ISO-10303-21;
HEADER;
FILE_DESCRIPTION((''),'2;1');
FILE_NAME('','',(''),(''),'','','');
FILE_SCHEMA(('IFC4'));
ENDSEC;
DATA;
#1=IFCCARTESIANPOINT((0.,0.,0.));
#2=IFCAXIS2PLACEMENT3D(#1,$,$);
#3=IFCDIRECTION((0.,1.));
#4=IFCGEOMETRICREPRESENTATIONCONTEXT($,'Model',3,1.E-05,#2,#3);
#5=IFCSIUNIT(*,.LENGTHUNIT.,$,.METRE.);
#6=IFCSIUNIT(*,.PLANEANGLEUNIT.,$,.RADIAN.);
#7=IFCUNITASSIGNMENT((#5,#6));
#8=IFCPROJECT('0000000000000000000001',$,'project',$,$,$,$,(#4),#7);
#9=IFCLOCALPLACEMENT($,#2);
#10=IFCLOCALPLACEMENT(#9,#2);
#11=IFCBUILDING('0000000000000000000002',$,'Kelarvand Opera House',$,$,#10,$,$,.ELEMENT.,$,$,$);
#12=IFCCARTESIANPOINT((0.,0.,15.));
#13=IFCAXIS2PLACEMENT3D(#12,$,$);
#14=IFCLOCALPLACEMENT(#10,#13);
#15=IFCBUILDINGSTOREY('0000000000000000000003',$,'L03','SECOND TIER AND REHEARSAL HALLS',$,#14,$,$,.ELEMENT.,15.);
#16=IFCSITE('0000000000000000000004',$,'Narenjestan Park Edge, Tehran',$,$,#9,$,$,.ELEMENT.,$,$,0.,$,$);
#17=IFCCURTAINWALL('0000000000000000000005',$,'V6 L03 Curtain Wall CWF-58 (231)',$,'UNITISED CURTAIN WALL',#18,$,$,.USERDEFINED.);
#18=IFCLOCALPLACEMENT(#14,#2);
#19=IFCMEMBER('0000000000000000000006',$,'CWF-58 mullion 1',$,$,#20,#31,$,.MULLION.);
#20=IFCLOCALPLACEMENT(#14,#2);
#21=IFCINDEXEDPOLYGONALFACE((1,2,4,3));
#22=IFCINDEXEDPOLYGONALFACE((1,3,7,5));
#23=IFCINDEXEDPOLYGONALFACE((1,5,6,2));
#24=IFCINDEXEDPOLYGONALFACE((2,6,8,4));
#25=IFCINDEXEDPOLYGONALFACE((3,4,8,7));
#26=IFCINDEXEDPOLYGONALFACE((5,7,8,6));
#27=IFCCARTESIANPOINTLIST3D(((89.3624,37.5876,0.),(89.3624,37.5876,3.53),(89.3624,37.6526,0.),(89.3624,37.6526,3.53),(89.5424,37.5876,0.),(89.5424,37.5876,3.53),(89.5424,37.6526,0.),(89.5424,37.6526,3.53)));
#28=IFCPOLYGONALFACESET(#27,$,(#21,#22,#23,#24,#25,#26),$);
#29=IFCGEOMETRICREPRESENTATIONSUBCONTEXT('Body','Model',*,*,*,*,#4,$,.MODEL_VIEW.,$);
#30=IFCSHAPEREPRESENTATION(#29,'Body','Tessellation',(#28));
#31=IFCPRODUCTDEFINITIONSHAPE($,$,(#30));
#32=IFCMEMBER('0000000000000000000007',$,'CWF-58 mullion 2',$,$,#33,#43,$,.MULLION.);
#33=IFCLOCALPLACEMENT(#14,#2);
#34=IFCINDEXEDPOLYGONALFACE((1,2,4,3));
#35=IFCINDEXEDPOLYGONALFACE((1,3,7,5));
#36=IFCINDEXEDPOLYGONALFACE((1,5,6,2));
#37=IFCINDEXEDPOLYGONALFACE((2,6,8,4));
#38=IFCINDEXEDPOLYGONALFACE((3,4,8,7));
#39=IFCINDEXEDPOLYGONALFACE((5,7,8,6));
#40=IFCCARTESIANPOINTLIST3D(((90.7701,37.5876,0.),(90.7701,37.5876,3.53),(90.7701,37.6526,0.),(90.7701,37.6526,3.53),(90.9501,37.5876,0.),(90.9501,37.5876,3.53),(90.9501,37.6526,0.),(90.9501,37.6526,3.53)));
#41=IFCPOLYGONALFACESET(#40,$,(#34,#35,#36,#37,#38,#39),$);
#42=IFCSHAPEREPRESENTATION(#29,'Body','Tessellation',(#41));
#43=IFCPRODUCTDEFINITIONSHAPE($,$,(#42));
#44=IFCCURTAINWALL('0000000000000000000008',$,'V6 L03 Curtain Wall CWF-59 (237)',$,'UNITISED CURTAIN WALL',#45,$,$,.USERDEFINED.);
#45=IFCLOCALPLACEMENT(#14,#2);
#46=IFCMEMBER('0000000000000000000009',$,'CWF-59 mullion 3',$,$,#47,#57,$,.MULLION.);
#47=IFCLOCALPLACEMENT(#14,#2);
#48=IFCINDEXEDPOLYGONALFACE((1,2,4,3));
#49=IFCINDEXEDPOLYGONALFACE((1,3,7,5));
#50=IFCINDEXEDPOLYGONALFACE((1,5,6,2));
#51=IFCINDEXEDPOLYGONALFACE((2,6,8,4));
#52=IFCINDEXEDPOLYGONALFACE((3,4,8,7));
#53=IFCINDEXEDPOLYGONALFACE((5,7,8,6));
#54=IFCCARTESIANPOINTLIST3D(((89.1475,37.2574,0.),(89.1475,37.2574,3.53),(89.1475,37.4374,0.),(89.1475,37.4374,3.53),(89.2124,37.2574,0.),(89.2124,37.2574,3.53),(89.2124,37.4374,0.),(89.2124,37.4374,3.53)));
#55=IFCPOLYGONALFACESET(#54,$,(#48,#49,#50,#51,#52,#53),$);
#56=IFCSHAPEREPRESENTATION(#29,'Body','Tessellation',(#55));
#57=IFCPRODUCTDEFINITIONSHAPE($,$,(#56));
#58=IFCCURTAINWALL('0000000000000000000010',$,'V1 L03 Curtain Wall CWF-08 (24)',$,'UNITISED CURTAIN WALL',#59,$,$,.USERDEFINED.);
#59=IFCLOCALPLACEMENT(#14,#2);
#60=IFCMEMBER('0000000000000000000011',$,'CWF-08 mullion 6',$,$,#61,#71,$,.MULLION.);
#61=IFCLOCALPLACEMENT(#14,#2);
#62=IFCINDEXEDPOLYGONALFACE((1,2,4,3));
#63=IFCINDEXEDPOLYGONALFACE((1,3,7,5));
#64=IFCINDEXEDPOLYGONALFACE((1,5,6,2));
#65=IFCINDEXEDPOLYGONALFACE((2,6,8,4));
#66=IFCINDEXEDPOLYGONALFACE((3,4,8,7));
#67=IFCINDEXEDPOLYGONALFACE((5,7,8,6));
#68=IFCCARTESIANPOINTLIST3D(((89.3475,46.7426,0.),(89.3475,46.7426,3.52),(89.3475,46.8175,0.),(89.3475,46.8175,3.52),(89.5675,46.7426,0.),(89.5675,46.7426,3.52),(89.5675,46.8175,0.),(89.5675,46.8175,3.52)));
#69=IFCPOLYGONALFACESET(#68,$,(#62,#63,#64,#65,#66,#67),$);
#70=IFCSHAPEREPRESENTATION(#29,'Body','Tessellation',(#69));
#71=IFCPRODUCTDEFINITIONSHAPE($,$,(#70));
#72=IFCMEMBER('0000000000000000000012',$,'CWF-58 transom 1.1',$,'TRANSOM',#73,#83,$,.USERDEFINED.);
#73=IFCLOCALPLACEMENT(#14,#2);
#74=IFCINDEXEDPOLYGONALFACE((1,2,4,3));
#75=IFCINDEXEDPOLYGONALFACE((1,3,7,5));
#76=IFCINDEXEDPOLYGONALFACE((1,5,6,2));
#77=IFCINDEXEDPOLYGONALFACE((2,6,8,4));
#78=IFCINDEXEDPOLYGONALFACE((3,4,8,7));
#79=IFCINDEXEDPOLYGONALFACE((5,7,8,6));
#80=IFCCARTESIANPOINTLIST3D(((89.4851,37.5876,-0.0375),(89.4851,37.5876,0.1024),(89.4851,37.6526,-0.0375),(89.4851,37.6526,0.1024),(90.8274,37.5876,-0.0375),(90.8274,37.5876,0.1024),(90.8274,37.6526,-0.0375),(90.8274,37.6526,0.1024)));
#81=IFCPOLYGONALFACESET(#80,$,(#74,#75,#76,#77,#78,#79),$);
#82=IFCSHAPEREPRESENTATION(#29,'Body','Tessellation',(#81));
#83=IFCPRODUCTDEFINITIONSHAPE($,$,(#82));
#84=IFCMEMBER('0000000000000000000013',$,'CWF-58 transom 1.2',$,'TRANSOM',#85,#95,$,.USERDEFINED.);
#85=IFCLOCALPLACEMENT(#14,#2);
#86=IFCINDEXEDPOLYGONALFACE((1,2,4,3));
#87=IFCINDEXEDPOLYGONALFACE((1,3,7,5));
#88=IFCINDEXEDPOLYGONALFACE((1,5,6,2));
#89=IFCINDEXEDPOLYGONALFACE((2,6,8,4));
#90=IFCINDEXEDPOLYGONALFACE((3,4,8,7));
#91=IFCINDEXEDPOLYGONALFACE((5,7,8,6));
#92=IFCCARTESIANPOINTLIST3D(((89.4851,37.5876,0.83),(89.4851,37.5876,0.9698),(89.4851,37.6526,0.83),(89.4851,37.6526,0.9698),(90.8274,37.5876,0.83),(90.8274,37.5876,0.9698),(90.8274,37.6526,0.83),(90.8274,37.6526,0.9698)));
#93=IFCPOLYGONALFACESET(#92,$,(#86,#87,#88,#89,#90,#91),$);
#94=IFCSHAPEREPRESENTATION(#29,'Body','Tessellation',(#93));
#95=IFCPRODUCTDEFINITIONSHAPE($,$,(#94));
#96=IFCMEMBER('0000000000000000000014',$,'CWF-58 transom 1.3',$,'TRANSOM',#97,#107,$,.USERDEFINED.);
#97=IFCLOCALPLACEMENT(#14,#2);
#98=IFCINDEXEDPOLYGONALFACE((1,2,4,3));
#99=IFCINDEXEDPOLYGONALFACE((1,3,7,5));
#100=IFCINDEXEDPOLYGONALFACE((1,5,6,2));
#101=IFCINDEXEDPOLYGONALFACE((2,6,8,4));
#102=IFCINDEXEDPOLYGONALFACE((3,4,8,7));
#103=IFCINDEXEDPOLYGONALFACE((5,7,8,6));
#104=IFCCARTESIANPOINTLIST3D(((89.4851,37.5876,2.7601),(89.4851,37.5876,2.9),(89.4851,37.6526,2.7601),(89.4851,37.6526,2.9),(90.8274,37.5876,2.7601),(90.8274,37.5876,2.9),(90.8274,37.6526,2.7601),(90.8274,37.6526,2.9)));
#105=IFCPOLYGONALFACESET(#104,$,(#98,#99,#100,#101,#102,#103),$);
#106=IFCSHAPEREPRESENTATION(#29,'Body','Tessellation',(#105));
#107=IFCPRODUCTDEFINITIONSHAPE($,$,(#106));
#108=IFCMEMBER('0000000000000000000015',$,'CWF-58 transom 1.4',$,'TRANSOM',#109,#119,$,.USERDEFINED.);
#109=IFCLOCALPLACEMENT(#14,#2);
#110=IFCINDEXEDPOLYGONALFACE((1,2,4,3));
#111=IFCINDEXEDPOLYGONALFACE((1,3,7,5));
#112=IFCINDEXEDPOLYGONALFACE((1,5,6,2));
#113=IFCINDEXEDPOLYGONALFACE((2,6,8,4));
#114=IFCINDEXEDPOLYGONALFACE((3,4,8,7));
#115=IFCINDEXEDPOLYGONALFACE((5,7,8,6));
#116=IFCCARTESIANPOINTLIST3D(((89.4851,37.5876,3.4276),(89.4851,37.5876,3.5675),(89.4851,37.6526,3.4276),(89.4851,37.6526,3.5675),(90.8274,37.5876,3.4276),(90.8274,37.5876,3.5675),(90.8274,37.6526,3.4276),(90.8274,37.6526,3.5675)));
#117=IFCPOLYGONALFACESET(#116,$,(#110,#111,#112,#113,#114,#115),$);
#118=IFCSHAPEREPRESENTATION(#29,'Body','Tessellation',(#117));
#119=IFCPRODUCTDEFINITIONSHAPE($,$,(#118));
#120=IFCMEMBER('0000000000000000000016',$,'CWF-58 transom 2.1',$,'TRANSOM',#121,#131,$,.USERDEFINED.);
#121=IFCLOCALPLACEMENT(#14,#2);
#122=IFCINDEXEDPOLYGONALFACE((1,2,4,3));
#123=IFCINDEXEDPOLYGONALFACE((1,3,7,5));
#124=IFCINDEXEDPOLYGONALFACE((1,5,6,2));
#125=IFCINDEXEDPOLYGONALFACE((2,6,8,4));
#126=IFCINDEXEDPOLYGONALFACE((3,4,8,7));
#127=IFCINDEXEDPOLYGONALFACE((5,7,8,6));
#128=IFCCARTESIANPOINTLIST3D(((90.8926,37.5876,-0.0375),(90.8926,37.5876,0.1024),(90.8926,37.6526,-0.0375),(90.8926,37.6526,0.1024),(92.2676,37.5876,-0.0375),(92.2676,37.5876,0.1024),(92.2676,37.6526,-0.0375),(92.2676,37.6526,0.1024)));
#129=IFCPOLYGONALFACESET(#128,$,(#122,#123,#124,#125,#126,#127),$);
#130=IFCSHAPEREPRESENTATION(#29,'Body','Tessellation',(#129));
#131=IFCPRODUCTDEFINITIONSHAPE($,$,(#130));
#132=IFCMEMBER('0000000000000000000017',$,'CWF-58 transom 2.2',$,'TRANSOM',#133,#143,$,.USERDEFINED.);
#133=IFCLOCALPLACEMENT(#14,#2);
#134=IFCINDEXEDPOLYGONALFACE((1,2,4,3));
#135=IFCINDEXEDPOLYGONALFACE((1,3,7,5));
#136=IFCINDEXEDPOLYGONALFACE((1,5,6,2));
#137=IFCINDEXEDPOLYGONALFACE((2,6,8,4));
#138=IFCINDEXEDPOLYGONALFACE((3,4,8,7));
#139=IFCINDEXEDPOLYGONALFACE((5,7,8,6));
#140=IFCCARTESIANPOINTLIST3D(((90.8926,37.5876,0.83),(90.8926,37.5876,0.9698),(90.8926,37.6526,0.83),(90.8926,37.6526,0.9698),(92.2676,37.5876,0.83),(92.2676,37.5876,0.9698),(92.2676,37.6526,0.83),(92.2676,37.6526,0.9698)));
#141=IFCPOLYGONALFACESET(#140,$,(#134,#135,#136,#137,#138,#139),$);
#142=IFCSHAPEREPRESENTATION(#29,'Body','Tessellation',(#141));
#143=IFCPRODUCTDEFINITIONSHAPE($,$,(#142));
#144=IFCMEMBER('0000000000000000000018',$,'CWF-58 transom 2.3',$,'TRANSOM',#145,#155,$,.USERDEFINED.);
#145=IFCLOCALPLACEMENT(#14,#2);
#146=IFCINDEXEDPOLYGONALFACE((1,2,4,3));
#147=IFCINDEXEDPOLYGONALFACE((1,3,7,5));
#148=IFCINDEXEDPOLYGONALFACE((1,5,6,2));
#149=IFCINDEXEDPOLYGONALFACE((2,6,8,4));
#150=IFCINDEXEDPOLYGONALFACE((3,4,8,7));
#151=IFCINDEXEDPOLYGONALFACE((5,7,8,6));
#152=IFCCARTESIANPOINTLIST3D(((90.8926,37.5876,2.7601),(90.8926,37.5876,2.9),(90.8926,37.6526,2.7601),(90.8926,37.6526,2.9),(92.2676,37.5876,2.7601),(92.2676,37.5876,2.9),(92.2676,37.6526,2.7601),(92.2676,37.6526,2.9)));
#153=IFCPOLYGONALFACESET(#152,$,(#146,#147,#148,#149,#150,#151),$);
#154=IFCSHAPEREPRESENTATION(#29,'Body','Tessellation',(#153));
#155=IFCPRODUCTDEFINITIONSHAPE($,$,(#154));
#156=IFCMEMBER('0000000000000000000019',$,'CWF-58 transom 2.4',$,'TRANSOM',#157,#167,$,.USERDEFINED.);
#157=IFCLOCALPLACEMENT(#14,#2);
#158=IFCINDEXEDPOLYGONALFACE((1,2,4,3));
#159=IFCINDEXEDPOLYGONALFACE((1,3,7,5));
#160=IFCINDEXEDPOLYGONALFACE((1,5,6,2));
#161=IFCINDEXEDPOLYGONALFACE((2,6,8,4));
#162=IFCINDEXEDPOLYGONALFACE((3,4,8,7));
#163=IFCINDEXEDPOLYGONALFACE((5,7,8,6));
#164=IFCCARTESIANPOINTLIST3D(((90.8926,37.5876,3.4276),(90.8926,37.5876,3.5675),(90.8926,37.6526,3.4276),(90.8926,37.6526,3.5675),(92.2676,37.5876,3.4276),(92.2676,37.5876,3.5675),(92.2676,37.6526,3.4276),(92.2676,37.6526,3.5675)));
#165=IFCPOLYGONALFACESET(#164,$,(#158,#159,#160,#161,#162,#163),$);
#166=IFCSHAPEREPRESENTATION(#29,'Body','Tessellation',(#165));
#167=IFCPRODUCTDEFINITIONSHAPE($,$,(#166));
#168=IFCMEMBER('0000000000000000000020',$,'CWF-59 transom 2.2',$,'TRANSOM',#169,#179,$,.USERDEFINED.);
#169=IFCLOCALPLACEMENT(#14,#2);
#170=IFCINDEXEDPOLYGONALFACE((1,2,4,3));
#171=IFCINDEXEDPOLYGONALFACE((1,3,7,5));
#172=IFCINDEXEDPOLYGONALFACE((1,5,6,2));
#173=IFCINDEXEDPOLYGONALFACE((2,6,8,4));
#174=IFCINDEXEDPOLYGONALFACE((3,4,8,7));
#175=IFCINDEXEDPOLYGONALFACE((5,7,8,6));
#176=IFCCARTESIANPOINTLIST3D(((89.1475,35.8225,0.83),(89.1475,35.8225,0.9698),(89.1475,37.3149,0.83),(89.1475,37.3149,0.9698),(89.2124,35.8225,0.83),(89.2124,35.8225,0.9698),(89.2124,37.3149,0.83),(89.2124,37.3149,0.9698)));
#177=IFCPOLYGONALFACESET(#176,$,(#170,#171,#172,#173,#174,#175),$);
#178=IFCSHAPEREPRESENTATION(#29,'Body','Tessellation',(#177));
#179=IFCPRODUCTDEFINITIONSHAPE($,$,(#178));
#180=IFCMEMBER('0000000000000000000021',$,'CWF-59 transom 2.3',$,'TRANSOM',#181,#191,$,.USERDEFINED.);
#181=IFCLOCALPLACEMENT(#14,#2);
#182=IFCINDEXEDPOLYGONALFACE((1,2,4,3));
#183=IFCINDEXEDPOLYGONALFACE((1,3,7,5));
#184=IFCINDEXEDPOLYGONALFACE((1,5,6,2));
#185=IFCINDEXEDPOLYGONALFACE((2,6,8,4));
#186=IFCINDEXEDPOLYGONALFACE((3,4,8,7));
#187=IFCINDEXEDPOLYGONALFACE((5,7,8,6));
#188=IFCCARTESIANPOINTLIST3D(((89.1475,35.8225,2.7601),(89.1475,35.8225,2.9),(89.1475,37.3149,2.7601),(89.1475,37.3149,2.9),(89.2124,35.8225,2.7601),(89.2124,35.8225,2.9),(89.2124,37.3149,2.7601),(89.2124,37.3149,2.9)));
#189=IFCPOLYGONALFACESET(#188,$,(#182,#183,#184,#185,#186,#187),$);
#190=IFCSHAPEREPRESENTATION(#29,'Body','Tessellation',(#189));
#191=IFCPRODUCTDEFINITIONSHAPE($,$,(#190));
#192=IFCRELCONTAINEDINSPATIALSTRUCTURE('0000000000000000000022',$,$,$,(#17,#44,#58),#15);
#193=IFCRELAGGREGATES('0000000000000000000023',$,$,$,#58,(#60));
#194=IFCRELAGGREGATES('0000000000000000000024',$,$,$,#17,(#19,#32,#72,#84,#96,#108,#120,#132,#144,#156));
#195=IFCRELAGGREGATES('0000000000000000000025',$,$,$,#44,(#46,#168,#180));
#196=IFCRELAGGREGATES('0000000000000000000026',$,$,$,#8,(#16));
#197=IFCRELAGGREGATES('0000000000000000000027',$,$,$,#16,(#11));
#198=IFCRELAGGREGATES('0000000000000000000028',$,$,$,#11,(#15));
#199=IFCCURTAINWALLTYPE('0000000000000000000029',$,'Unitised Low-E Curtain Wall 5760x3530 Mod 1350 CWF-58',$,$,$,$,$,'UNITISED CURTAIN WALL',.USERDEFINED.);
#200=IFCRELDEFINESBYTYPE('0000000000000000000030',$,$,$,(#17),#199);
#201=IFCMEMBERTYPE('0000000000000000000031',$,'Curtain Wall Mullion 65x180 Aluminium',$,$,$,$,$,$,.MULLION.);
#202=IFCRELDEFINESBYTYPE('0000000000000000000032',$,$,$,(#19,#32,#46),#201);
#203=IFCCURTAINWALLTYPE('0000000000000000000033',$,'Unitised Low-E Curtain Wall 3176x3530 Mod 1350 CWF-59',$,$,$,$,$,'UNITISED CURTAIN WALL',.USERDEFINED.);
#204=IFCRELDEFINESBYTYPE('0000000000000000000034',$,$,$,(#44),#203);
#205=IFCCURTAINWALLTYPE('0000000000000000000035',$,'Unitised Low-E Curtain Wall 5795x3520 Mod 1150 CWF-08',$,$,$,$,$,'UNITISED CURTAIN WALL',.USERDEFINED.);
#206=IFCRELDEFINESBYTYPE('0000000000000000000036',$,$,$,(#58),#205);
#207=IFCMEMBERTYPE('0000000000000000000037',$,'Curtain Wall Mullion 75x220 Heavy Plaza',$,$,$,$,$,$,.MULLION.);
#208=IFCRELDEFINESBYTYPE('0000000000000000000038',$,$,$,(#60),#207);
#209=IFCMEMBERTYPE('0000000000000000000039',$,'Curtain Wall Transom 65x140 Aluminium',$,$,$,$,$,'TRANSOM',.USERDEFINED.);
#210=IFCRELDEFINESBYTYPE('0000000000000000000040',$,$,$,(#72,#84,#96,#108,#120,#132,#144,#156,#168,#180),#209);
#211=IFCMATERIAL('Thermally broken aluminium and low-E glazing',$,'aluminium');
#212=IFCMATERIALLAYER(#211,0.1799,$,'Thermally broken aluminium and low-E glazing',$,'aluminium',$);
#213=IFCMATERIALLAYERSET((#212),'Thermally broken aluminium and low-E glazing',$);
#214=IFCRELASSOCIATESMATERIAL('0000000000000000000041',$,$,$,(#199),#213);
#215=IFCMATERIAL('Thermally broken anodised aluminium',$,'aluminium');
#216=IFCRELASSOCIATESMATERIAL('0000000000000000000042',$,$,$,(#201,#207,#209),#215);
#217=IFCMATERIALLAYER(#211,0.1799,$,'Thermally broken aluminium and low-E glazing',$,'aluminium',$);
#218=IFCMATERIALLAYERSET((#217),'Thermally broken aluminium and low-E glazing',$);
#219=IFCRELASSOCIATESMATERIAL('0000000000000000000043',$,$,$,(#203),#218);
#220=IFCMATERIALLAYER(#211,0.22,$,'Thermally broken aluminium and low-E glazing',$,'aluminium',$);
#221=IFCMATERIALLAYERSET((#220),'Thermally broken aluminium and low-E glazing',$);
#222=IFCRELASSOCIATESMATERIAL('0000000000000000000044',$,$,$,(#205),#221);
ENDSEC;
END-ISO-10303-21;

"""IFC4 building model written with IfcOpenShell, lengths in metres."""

from ifc_helpers import new_model, si_unit, direction, frame, origin, origin_2d, place, context, subcontext, project, spatial, rectangle, extrude, material, layer, layer_set, material_profile, profile_set, type_object, element, aggregate, save


model = new_model("IFC4")

# Units and contexts
model_context = context("Model", 3, precision=1e-05, world=origin(), true_north=direction((0.0, 1.0)))
body_context = subcontext(model_context, "Body", "Model", "MODEL_VIEW")
ifc_project = project(units=[si_unit("LENGTHUNIT", "METRE"), si_unit("PLANEANGLEUNIT", "RADIAN")], contexts=[model_context])

# Site, building, storey
site_placement = place(None, origin())
site = spatial("IfcSite", under=ifc_project, at=site_placement, Name="Narenjestan Park Edge, Tehran", CompositionType="ELEMENT", RefElevation=0.0)
building_placement = place(site_placement, origin())
building = spatial("IfcBuilding", under=site, at=building_placement, Name="Kelarvand Opera House", CompositionType="ELEMENT")
storey_placement = place(building_placement, frame((0.0, 0.0, 15.0)))
storey = spatial("IfcBuildingStorey", under=building, at=storey_placement, Name="L03", Description="SECOND TIER AND REHEARSAL HALLS", CompositionType="ELEMENT", Elevation=15.0)

# Curtain wall, members
ifc_material_1 = material(Name="Thermally broken aluminium and low-E glazing", Category="aluminium")
ifc_layer_1 = layer(ifc_material_1, 0.1799, Name="Thermally broken aluminium and low-E glazing", Category="aluminium")
ifc_layer_set_1 = layer_set([ifc_layer_1], Name="Thermally broken aluminium and low-E glazing")
curtain_wall_type_1 = type_object("IfcCurtainWallType", Name="Unitised Low-E Curtain Wall 5760x3530 Mod 1350 CWF-58", ElementType="UNITISED CURTAIN WALL", PredefinedType="USERDEFINED", material=ifc_layer_set_1)
curtain_wall_1_placement = place(storey_placement, origin())
curtain_wall_1 = element("IfcCurtainWall", 1, at=curtain_wall_1_placement, inside=storey, type_object=curtain_wall_type_1, Name="V6 L03 Curtain Wall CWF-58 (231)", ObjectType="UNITISED CURTAIN WALL", PredefinedType="USERDEFINED")
ifc_material_2 = material(Name="Thermally broken anodised aluminium", Category="aluminium")
ifc_material_profile_1 = material_profile(ifc_material_2, rectangle(XDim=0.0649, YDim=0.1799, at=origin_2d()), Name="ALU MULLION 65x180", Category="aluminium")
ifc_profile_set_1 = profile_set([ifc_material_profile_1], Name="Thermally broken anodised aluminium")
member_type_1 = type_object("IfcMemberType", Name="Curtain Wall Mullion 65x180 Aluminium", PredefinedType="MULLION", material=ifc_profile_set_1)
member_1_placement = place(storey_placement, frame((89.4524, 37.6201, 0.0), z_axis=(0.0, 0.0, 1.0), x_axis=(0.0, 1.0, 0.0)))
member_1 = element("IfcMember", 2, at=member_1_placement, type_object=member_type_1, Name="CWF-58 mullion 1", PredefinedType="MULLION", context=body_context, shape_type="SweptSolid", body=[
    extrude(rectangle(XDim=0.0649, YDim=0.1799, at=origin_2d()), origin(), (0.0, 0.0, 1.0), 3.53),
])
member_2_placement = place(storey_placement, frame((90.8601, 37.6201, 0.0), z_axis=(0.0, 0.0, 1.0), x_axis=(0.0, 1.0, 0.0)))
member_2 = element("IfcMember", 3, at=member_2_placement, type_object=member_type_1, Name="CWF-58 mullion 2", PredefinedType="MULLION", context=body_context, shape_type="SweptSolid", body=[
    extrude(rectangle(XDim=0.0649, YDim=0.1799, at=origin_2d()), origin(), (0.0, 0.0, 1.0), 3.53),
])

# Curtain walls, members
ifc_layer_2 = layer(ifc_material_1, 0.1799, Name="Thermally broken aluminium and low-E glazing", Category="aluminium")
ifc_layer_set_2 = layer_set([ifc_layer_2], Name="Thermally broken aluminium and low-E glazing")
curtain_wall_type_2 = type_object("IfcCurtainWallType", Name="Unitised Low-E Curtain Wall 3176x3530 Mod 1350 CWF-59", ElementType="UNITISED CURTAIN WALL", PredefinedType="USERDEFINED", material=ifc_layer_set_2)
curtain_wall_2_placement = place(storey_placement, origin())
curtain_wall_2 = element("IfcCurtainWall", 4, at=curtain_wall_2_placement, inside=storey, type_object=curtain_wall_type_2, Name="V6 L03 Curtain Wall CWF-59 (237)", ObjectType="UNITISED CURTAIN WALL", PredefinedType="USERDEFINED")
member_3_placement = place(storey_placement, frame((89.1799, 37.3474, 0.0), z_axis=(0.0, 0.0, 1.0), x_axis=(-1.0, 0.0, 0.0)))
member_3 = element("IfcMember", 5, at=member_3_placement, type_object=member_type_1, Name="CWF-59 mullion 3", PredefinedType="MULLION", context=body_context, shape_type="SweptSolid", body=[
    extrude(rectangle(XDim=0.0649, YDim=0.1799, at=origin_2d()), origin(), (0.0, 0.0, 1.0), 3.53),
])
ifc_layer_3 = layer(ifc_material_1, 0.22, Name="Thermally broken aluminium and low-E glazing", Category="aluminium")
ifc_layer_set_3 = layer_set([ifc_layer_3], Name="Thermally broken aluminium and low-E glazing")
curtain_wall_type_3 = type_object("IfcCurtainWallType", Name="Unitised Low-E Curtain Wall 5795x3520 Mod 1150 CWF-08", ElementType="UNITISED CURTAIN WALL", PredefinedType="USERDEFINED", material=ifc_layer_set_3)
curtain_wall_3_placement = place(storey_placement, origin())
curtain_wall_3 = element("IfcCurtainWall", 6, at=curtain_wall_3_placement, inside=storey, type_object=curtain_wall_type_3, Name="V1 L03 Curtain Wall CWF-08 (24)", ObjectType="UNITISED CURTAIN WALL", PredefinedType="USERDEFINED")
ifc_material_profile_2 = material_profile(ifc_material_2, rectangle(XDim=0.075, YDim=0.22, at=origin_2d()), Name="ALU MULLION 75x220", Category="aluminium")
ifc_profile_set_2 = profile_set([ifc_material_profile_2], Name="Thermally broken anodised aluminium")
member_type_2 = type_object("IfcMemberType", Name="Curtain Wall Mullion 75x220 Heavy Plaza", PredefinedType="MULLION", material=ifc_profile_set_2)
member_4_placement = place(storey_placement, frame((89.4575, 46.78, 0.0), z_axis=(0.0, 0.0, 1.0), x_axis=(0.0, -1.0, 0.0)))
member_4 = element("IfcMember", 7, at=member_4_placement, type_object=member_type_2, Name="CWF-08 mullion 6", PredefinedType="MULLION", context=body_context, shape_type="SweptSolid", body=[
    extrude(rectangle(XDim=0.075, YDim=0.22, at=origin_2d()), origin(), (0.0, 0.0, 1.0), 3.52),
])

# Members
ifc_material_profile_3 = material_profile(ifc_material_2, rectangle(XDim=0.0649, YDim=0.1399, at=origin_2d()), Name="ALU TRANSOM 65x140", Category="aluminium")
ifc_profile_set_3 = profile_set([ifc_material_profile_3], Name="Thermally broken anodised aluminium")
member_type_3 = type_object("IfcMemberType", Name="Curtain Wall Transom 65x140 Aluminium", ElementType="TRANSOM", PredefinedType="USERDEFINED", material=ifc_profile_set_3)
member_5_placement = place(storey_placement, frame((89.4851, 37.6201, 0.0325), z_axis=(1.0, 0.0, 0.0), x_axis=(0.0, 1.0, 0.0)))
member_5 = element("IfcMember", 8, at=member_5_placement, type_object=member_type_3, Name="CWF-58 transom 1.1", ObjectType="TRANSOM", PredefinedType="USERDEFINED", context=body_context, shape_type="SweptSolid", body=[
    extrude(rectangle(XDim=0.0649, YDim=0.1399, at=origin_2d()), origin(), (0.0, 0.0, 1.0), 1.3423),
])
member_6_placement = place(storey_placement, frame((89.4851, 37.6201, 0.8999), z_axis=(1.0, 0.0, 0.0), x_axis=(0.0, 1.0, 0.0)))
member_6 = element("IfcMember", 9, at=member_6_placement, type_object=member_type_3, Name="CWF-58 transom 1.2", ObjectType="TRANSOM", PredefinedType="USERDEFINED", context=body_context, shape_type="SweptSolid", body=[
    extrude(rectangle(XDim=0.0649, YDim=0.1399, at=origin_2d()), origin(), (0.0, 0.0, 1.0), 1.3423),
])
member_7_placement = place(storey_placement, frame((89.4851, 37.6201, 2.8301), z_axis=(1.0, 0.0, 0.0), x_axis=(0.0, 1.0, 0.0)))
member_7 = element("IfcMember", 10, at=member_7_placement, type_object=member_type_3, Name="CWF-58 transom 1.3", ObjectType="TRANSOM", PredefinedType="USERDEFINED", context=body_context, shape_type="SweptSolid", body=[
    extrude(rectangle(XDim=0.0649, YDim=0.1399, at=origin_2d()), origin(), (0.0, 0.0, 1.0), 1.3423),
])
member_8_placement = place(storey_placement, frame((89.4851, 37.6201, 3.4976), z_axis=(1.0, 0.0, 0.0), x_axis=(0.0, 1.0, 0.0)))
member_8 = element("IfcMember", 11, at=member_8_placement, type_object=member_type_3, Name="CWF-58 transom 1.4", ObjectType="TRANSOM", PredefinedType="USERDEFINED", context=body_context, shape_type="SweptSolid", body=[
    extrude(rectangle(XDim=0.0649, YDim=0.1399, at=origin_2d()), origin(), (0.0, 0.0, 1.0), 1.3423),
])
member_9_placement = place(storey_placement, frame((90.8926, 37.6201, 0.0325), z_axis=(1.0, 0.0, 0.0), x_axis=(0.0, 1.0, 0.0)))
member_9 = element("IfcMember", 12, at=member_9_placement, type_object=member_type_3, Name="CWF-58 transom 2.1", ObjectType="TRANSOM", PredefinedType="USERDEFINED", context=body_context, shape_type="SweptSolid", body=[
    extrude(rectangle(XDim=0.0649, YDim=0.1399, at=origin_2d()), origin(), (0.0, 0.0, 1.0), 1.375),
])
member_10_placement = place(storey_placement, frame((90.8926, 37.6201, 0.8999), z_axis=(1.0, 0.0, 0.0), x_axis=(0.0, 1.0, 0.0)))
member_10 = element("IfcMember", 13, at=member_10_placement, type_object=member_type_3, Name="CWF-58 transom 2.2", ObjectType="TRANSOM", PredefinedType="USERDEFINED", context=body_context, shape_type="SweptSolid", body=[
    extrude(rectangle(XDim=0.0649, YDim=0.1399, at=origin_2d()), origin(), (0.0, 0.0, 1.0), 1.375),
])
member_11_placement = place(storey_placement, frame((90.8926, 37.6201, 2.8301), z_axis=(1.0, 0.0, 0.0), x_axis=(0.0, 1.0, 0.0)))
member_11 = element("IfcMember", 14, at=member_11_placement, type_object=member_type_3, Name="CWF-58 transom 2.3", ObjectType="TRANSOM", PredefinedType="USERDEFINED", context=body_context, shape_type="SweptSolid", body=[
    extrude(rectangle(XDim=0.0649, YDim=0.1399, at=origin_2d()), origin(), (0.0, 0.0, 1.0), 1.375),
])
member_12_placement = place(storey_placement, frame((90.8926, 37.6201, 3.4976), z_axis=(1.0, 0.0, 0.0), x_axis=(0.0, 1.0, 0.0)))
member_12 = element("IfcMember", 15, at=member_12_placement, type_object=member_type_3, Name="CWF-58 transom 2.4", ObjectType="TRANSOM", PredefinedType="USERDEFINED", context=body_context, shape_type="SweptSolid", body=[
    extrude(rectangle(XDim=0.0649, YDim=0.1399, at=origin_2d()), origin(), (0.0, 0.0, 1.0), 1.375),
])
member_13_placement = place(storey_placement, frame((89.1799, 35.8225, 0.8999), z_axis=(0.0, 1.0, 0.0), x_axis=(-1.0, 0.0, 0.0)))
member_13 = element("IfcMember", 16, at=member_13_placement, type_object=member_type_3, Name="CWF-59 transom 2.2", ObjectType="TRANSOM", PredefinedType="USERDEFINED", context=body_context, shape_type="SweptSolid", body=[
    extrude(rectangle(XDim=0.0649, YDim=0.1399, at=origin_2d()), origin(), (0.0, 0.0, 1.0), 1.4924),
])
member_14_placement = place(storey_placement, frame((89.1799, 35.8225, 2.8301), z_axis=(0.0, 1.0, 0.0), x_axis=(-1.0, 0.0, 0.0)))
member_14 = element("IfcMember", 17, at=member_14_placement, type_object=member_type_3, Name="CWF-59 transom 2.3", ObjectType="TRANSOM", PredefinedType="USERDEFINED", context=body_context, shape_type="SweptSolid", body=[
    extrude(rectangle(XDim=0.0649, YDim=0.1399, at=origin_2d()), origin(), (0.0, 0.0, 1.0), 1.4924),
])

aggregate(curtain_wall_3, [member_4])
aggregate(curtain_wall_1, [member_1, member_2, member_5, member_6, member_7, member_8, member_9, member_10, member_11, member_12])
aggregate(curtain_wall_2, [member_3, member_13, member_14])

save(model, "model.ifc")
